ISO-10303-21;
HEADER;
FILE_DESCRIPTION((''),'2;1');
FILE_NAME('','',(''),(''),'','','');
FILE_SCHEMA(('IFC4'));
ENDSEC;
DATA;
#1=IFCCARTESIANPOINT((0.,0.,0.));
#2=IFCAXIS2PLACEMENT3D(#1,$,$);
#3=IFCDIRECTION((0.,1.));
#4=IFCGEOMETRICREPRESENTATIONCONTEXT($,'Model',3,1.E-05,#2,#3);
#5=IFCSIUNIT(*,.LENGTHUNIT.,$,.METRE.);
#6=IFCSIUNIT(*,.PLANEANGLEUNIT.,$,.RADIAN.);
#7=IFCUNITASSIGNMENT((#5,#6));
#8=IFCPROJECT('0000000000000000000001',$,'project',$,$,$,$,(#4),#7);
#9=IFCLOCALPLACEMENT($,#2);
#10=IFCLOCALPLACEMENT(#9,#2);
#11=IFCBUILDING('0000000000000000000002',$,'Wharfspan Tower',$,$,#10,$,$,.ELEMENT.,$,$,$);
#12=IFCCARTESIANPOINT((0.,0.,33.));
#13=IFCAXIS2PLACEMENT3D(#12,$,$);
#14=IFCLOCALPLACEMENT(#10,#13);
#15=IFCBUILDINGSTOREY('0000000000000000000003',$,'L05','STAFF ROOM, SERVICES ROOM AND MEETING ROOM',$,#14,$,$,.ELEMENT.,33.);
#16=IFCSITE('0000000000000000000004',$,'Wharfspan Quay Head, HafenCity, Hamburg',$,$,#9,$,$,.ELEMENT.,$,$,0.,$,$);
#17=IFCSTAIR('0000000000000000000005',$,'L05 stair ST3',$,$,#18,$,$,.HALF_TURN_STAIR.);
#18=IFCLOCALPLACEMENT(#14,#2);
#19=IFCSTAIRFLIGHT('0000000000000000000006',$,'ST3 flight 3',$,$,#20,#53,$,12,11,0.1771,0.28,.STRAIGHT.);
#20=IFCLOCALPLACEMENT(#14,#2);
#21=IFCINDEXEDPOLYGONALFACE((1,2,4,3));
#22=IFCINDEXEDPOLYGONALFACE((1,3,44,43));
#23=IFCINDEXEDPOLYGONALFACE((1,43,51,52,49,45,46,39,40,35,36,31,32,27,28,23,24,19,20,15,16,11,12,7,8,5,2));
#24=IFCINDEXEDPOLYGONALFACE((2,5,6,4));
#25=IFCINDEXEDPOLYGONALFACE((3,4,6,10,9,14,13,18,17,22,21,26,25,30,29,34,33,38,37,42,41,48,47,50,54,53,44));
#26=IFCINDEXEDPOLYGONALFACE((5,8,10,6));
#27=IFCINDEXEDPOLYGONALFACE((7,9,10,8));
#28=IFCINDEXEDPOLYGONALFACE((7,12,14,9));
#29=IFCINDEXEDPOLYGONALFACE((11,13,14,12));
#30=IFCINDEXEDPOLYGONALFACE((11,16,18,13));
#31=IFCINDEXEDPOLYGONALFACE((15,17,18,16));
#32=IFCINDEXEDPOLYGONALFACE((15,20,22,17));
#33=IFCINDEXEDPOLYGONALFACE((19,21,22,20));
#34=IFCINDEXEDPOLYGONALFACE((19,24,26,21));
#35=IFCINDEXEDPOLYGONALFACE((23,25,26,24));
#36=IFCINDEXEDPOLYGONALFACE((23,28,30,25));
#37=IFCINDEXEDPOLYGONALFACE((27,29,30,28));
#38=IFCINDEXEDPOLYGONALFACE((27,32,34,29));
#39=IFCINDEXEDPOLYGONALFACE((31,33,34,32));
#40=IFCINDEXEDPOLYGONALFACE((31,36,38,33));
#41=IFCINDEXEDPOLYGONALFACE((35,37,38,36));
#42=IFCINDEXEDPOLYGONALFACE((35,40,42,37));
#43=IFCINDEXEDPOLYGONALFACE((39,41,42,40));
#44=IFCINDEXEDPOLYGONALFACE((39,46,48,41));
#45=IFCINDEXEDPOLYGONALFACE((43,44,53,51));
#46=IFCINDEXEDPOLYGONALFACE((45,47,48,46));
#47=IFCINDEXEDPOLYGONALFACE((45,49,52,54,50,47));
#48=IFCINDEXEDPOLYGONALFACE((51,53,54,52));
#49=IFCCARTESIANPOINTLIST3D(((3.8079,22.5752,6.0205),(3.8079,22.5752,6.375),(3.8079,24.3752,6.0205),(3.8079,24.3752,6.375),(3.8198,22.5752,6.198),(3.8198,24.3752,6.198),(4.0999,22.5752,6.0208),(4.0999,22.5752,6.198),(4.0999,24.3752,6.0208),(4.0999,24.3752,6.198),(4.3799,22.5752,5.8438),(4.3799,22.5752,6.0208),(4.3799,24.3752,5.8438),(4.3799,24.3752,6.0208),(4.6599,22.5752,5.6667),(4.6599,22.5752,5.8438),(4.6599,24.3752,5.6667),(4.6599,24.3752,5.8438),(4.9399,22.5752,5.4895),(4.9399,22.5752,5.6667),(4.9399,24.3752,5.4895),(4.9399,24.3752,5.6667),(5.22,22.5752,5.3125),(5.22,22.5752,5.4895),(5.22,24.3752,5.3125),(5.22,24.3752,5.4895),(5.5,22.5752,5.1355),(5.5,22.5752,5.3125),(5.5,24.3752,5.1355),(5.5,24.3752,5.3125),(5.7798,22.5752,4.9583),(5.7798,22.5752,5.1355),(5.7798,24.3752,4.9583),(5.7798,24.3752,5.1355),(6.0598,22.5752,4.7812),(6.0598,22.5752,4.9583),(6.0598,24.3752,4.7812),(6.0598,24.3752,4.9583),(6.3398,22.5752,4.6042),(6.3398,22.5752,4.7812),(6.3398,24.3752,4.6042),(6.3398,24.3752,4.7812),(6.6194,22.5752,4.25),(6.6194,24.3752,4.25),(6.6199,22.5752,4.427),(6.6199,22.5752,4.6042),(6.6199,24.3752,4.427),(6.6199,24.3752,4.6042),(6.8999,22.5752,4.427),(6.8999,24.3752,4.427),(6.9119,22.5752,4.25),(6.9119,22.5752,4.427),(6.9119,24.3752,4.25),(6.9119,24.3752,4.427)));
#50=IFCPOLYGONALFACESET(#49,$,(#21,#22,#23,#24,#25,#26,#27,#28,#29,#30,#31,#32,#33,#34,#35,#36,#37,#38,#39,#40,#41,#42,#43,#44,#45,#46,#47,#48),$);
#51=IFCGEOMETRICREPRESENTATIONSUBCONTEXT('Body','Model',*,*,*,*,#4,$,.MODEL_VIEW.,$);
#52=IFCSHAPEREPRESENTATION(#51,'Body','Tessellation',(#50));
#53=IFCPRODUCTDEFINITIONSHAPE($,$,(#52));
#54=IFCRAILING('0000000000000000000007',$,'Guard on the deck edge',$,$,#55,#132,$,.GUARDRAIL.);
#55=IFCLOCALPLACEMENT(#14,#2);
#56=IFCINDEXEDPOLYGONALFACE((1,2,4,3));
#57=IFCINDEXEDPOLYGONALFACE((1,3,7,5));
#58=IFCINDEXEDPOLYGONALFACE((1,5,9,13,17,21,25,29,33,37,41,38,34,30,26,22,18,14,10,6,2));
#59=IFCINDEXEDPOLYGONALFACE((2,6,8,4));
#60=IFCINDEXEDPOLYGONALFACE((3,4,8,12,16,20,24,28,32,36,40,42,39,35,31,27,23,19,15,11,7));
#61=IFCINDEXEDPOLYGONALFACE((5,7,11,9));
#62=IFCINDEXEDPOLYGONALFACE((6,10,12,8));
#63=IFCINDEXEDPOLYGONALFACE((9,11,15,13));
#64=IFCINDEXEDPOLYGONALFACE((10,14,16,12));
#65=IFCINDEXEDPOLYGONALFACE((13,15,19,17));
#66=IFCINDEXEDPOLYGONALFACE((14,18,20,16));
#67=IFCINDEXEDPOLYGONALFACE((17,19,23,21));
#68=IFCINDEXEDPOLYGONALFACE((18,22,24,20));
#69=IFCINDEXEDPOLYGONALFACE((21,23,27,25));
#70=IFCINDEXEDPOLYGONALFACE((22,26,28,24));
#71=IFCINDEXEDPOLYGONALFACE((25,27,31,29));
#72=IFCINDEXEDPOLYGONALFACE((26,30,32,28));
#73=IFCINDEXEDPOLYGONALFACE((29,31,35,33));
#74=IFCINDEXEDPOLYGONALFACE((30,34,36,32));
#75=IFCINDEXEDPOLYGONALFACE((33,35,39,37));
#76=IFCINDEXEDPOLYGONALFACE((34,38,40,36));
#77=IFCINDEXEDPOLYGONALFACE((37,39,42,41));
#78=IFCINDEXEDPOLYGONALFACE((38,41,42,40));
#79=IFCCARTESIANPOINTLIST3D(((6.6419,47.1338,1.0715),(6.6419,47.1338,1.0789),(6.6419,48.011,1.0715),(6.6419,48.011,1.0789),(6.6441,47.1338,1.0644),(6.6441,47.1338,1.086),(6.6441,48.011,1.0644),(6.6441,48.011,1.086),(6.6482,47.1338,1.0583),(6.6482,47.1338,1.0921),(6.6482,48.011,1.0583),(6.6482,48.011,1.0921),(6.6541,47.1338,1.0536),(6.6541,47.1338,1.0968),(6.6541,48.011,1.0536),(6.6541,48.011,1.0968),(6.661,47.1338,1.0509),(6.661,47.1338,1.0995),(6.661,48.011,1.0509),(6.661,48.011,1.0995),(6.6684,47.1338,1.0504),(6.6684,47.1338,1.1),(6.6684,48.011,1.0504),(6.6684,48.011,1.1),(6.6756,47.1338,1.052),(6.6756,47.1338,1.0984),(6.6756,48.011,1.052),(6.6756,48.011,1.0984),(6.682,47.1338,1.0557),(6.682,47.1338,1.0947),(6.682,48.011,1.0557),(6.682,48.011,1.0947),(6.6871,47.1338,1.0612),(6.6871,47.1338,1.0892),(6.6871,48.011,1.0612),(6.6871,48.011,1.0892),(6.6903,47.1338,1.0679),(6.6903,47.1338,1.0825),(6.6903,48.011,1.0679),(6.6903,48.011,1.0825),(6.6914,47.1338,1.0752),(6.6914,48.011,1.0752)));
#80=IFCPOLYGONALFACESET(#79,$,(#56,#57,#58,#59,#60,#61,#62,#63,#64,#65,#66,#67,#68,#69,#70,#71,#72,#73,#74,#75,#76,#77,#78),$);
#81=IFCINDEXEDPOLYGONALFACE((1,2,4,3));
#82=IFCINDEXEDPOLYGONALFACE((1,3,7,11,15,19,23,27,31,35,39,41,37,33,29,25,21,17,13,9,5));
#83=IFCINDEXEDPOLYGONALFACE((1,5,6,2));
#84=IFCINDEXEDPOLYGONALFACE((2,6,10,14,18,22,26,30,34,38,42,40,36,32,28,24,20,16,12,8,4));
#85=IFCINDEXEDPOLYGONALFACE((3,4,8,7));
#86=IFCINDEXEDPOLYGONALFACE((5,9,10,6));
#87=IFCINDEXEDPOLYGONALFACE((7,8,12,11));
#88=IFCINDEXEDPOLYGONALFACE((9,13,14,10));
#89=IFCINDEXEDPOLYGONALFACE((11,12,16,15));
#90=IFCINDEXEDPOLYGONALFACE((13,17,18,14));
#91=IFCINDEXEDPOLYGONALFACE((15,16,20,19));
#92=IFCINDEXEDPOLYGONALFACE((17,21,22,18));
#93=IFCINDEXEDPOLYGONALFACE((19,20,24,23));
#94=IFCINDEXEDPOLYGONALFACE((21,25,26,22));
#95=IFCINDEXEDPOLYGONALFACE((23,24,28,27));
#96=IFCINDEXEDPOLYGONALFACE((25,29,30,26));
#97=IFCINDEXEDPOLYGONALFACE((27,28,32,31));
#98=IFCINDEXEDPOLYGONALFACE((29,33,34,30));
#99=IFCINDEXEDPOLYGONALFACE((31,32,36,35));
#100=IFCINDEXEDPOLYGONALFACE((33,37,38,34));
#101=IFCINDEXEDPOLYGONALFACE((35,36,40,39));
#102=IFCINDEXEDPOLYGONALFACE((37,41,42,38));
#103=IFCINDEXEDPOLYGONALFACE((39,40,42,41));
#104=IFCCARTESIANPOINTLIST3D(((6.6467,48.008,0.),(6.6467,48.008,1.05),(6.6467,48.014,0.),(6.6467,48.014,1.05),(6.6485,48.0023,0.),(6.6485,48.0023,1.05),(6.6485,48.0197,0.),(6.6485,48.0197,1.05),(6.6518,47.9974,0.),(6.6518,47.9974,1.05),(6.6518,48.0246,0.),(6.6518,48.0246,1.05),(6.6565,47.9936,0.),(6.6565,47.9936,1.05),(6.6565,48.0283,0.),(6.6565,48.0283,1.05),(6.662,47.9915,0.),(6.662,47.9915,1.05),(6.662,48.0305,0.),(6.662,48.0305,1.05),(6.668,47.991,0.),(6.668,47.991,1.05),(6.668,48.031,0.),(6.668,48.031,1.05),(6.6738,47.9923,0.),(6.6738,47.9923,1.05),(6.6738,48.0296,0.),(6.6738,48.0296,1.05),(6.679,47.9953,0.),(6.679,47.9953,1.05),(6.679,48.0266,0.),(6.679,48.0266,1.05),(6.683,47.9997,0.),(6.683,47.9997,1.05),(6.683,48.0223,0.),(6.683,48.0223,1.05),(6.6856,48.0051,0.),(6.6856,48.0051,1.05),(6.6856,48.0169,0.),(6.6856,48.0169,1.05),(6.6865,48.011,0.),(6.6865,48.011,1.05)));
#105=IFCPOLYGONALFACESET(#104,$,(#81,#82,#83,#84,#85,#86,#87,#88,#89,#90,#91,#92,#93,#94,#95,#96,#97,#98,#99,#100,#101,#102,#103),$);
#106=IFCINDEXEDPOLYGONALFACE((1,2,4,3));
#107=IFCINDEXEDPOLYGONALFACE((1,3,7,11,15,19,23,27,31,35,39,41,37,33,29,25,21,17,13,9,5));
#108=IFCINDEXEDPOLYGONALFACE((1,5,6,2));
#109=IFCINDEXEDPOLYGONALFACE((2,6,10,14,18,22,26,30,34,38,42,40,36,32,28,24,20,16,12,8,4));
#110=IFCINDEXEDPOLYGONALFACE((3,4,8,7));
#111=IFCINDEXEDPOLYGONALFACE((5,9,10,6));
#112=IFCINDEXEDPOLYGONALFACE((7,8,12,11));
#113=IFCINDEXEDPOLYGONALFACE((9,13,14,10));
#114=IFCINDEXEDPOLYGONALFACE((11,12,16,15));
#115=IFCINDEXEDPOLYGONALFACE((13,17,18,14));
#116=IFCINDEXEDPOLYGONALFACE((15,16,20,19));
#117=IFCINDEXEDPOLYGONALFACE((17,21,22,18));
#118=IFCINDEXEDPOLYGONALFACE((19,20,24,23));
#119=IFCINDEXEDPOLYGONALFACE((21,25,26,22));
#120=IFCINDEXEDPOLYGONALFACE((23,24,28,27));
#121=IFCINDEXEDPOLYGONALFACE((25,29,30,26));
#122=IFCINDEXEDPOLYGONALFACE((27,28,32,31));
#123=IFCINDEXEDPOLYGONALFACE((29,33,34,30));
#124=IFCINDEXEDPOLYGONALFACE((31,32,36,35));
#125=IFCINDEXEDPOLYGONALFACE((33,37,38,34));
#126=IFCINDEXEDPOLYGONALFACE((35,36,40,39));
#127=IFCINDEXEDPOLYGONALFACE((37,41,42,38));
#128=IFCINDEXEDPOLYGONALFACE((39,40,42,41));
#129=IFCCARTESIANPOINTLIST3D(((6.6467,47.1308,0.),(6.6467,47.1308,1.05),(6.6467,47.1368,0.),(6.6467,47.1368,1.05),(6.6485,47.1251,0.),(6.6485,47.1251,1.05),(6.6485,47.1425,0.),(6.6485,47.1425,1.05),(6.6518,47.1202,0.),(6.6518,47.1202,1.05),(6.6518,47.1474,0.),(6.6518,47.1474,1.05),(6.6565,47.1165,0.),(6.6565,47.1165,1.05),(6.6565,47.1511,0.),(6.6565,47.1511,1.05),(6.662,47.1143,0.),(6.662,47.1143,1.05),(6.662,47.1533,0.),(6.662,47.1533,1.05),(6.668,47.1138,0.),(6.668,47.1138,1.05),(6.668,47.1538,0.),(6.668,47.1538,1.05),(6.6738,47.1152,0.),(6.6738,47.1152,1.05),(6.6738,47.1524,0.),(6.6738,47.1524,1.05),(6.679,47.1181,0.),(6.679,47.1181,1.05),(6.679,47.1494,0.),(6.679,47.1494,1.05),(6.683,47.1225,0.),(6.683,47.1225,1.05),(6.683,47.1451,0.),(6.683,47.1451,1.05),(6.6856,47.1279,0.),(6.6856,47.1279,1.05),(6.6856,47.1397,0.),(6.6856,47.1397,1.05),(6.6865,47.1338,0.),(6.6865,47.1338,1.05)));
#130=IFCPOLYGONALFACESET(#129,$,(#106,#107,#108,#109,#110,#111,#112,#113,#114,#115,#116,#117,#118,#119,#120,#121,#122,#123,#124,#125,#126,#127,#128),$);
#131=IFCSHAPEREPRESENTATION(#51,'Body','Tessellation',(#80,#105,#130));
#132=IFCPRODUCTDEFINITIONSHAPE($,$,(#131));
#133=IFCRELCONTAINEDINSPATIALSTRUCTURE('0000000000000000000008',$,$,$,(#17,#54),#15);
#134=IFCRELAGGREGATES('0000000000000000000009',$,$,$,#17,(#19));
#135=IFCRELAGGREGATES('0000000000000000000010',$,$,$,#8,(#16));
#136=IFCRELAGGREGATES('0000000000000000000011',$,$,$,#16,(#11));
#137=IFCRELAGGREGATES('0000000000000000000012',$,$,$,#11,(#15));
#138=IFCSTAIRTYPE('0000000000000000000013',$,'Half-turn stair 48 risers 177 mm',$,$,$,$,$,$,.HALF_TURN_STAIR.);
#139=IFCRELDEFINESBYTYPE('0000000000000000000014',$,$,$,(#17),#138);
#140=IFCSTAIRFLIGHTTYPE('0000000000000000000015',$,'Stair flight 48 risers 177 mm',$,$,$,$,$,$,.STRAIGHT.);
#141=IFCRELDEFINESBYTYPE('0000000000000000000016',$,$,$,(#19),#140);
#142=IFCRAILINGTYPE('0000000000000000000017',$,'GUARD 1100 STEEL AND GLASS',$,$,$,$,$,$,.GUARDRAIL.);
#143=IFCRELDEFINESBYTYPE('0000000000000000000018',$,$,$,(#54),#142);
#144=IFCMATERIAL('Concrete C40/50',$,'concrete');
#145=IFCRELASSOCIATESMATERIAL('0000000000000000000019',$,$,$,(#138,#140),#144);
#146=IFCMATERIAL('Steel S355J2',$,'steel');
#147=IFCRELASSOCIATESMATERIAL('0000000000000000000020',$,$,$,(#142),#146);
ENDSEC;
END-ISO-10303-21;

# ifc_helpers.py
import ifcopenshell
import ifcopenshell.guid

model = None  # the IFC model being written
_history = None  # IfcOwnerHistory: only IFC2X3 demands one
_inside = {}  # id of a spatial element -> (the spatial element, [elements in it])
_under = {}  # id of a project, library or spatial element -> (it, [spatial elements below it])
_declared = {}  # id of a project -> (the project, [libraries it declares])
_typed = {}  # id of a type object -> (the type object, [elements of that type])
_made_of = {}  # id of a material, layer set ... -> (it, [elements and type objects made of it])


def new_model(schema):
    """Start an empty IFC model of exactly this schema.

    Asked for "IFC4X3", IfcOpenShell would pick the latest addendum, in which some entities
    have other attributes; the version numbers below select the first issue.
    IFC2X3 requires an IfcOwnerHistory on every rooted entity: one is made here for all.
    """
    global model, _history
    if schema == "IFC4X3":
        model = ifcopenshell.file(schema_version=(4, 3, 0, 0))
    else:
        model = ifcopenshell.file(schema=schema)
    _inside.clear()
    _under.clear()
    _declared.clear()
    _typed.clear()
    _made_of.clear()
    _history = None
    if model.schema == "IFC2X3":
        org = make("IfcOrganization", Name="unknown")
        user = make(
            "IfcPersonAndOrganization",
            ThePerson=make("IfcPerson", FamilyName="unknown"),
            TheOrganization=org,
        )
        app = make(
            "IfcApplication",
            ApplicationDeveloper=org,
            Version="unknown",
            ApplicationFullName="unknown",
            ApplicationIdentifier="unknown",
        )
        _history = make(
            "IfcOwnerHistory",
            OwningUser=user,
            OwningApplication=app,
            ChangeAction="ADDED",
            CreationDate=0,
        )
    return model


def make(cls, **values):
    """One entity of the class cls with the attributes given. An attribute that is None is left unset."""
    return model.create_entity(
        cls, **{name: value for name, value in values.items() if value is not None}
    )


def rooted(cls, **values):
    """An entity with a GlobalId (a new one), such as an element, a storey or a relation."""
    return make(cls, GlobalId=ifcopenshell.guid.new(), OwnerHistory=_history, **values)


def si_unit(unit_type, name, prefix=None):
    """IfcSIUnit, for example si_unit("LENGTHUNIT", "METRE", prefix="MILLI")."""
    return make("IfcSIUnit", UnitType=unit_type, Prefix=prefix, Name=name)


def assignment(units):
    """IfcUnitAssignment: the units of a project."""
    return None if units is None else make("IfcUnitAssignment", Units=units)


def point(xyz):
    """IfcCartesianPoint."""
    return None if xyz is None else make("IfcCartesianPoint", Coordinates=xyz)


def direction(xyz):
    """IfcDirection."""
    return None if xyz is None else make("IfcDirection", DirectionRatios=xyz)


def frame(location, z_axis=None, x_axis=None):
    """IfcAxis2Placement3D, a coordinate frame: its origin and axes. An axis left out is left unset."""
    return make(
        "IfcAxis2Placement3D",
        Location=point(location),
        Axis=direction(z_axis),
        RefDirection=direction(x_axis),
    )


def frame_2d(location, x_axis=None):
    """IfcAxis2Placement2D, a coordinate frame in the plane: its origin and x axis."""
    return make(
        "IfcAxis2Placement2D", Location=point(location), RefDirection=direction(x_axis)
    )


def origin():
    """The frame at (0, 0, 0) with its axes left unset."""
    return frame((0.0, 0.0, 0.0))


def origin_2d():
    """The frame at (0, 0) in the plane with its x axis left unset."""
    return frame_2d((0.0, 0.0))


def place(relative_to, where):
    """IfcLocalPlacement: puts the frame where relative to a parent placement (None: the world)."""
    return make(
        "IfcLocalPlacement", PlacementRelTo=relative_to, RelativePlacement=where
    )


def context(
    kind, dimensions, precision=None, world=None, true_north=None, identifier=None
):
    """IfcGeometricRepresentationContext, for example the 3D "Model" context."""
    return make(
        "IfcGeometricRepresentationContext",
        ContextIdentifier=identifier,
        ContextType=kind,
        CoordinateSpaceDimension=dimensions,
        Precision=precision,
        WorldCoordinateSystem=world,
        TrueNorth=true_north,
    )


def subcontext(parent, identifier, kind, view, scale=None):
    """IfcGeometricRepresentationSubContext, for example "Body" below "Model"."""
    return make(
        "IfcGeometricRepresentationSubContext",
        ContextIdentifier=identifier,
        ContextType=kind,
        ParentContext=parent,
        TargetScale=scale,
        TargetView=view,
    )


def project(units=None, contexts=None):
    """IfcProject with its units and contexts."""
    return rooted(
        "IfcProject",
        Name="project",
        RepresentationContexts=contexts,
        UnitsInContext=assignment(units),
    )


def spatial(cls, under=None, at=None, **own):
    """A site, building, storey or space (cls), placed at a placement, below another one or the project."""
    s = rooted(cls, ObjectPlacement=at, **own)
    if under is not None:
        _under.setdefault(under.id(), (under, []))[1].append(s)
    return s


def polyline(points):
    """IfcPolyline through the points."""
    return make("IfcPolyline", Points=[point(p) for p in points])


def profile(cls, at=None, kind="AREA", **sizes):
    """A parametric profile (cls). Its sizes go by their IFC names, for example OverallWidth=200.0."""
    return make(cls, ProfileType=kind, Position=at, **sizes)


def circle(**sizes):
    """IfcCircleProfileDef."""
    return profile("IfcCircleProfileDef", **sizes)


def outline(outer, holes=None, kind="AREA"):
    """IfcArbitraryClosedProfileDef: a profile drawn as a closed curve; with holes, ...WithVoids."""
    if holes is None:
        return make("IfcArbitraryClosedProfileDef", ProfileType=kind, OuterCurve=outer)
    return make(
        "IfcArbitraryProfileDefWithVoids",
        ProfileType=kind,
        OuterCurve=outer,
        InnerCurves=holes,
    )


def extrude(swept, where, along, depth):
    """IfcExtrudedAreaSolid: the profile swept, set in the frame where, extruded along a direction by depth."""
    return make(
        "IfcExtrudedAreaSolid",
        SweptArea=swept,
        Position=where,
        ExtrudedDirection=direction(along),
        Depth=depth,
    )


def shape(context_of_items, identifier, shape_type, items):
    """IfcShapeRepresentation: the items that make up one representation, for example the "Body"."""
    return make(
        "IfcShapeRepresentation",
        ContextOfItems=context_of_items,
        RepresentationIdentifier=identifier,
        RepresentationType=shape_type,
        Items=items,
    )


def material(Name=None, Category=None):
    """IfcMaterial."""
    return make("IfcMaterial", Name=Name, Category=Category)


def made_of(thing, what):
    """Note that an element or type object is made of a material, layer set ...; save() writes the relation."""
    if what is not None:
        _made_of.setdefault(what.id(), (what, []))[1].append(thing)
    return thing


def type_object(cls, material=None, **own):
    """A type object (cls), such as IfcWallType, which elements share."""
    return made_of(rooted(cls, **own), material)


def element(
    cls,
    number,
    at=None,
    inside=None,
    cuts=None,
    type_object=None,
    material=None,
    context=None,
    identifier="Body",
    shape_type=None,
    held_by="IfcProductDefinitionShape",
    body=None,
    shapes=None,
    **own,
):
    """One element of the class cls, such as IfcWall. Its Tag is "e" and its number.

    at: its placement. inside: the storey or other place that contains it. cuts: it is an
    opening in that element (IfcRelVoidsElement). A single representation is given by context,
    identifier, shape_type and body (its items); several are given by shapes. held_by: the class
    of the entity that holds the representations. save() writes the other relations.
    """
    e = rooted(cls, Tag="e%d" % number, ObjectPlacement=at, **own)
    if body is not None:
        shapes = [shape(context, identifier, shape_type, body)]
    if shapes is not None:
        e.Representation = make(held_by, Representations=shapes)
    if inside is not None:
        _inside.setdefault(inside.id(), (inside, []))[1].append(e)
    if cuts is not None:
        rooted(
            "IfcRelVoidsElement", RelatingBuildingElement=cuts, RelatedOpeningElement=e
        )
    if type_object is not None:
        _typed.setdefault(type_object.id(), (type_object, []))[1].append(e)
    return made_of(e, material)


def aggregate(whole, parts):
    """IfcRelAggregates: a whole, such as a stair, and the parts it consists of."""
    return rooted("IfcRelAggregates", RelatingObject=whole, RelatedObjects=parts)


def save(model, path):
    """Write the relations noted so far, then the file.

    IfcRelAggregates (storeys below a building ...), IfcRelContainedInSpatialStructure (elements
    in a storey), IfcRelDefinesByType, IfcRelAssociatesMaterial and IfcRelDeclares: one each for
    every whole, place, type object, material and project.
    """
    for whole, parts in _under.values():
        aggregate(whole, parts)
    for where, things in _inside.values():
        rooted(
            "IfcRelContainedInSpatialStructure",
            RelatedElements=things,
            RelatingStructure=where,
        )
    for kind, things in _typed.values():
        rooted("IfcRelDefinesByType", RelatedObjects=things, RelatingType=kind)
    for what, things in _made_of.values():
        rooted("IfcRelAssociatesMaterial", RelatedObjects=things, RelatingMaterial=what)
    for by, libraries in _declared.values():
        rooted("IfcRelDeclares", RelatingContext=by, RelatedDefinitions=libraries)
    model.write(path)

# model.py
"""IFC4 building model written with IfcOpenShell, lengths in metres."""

from ifc_helpers import new_model, si_unit, direction, frame, origin, origin_2d, place, context, subcontext, project, spatial, polyline, circle, outline, extrude, material, type_object, element, aggregate, save


model = new_model("IFC4")

# Units and contexts
model_context = context("Model", 3, precision=1e-05, world=origin(), true_north=direction((0.0, 1.0)))
body_context = subcontext(model_context, "Body", "Model", "MODEL_VIEW")
ifc_project = project(units=[si_unit("LENGTHUNIT", "METRE"), si_unit("PLANEANGLEUNIT", "RADIAN")], contexts=[model_context])

# Site, building, storey
site_placement = place(None, origin())
site = spatial("IfcSite", under=ifc_project, at=site_placement, Name="Wharfspan Quay Head, HafenCity, Hamburg", CompositionType="ELEMENT", RefElevation=0.0)
building_placement = place(site_placement, origin())
building = spatial("IfcBuilding", under=site, at=building_placement, Name="Wharfspan Tower", CompositionType="ELEMENT")
storey_placement = place(building_placement, frame((0.0, 0.0, 33.0)))
storey = spatial("IfcBuildingStorey", under=building, at=storey_placement, Name="L05", Description="STAFF ROOM, SERVICES ROOM AND MEETING ROOM", CompositionType="ELEMENT", Elevation=33.0)

# Shared definitions
ifc_material_1 = material(Name="Concrete C40/50", Category="concrete")

# Stair, stair flight
stair_type = type_object("IfcStairType", Name="Half-turn stair 48 risers 177 mm", PredefinedType="HALF_TURN_STAIR", material=ifc_material_1)
stair_placement = place(storey_placement, origin())
stair = element("IfcStair", 1, at=stair_placement, inside=storey, type_object=stair_type, Name="L05 stair ST3", PredefinedType="HALF_TURN_STAIR")
stair_flight_type = type_object("IfcStairFlightType", Name="Stair flight 48 risers 177 mm", PredefinedType="STRAIGHT", material=ifc_material_1)
stair_flight_1_placement = place(storey_placement, frame((6.8999, 23.4751, 4.25), z_axis=(0.0, 0.0, 1.0), x_axis=(-1.0, 0.0, 0.0)))
stair_flight_1 = element("IfcStairFlight", 2, at=stair_flight_1_placement, type_object=stair_flight_type, Name="ST3 flight 3", NumberOfRisers=12, NumberOfTreads=11, PredefinedType="STRAIGHT", RiserHeight=0.1771, TreadLength=0.28, context=body_context, shape_type="SweptSolid", body=[
    extrude(outline(polyline([(-0.012, 0.0), (-0.012, 0.177), (0.0, 0.177), (0.28, 0.177), (0.28, 0.3542), (0.5601, 0.3542), (0.5601, 0.5312), (0.8401, 0.5312), (0.8401, 0.7083), (1.1201, 0.7083), (1.1201, 0.8855), (1.3999, 0.8855), (1.3999, 1.0625), (1.6799, 1.0625), (1.6799, 1.2395), (1.96, 1.2395), (1.96, 1.4167), (2.24, 1.4167), (2.24, 1.5938), (2.52, 1.5938), (2.52, 1.7708), (2.8, 1.7708), (2.8, 1.948), (3.0801, 1.948), (3.092, 2.125), (3.092, 1.7705), (0.2805, 0.0), (-0.012, 0.0)])), frame((0.0, 0.8999, 0.0), z_axis=(0.0, -1.0, 0.0), x_axis=(1.0, 0.0, 0.0)), (0.0, 0.0, 1.0), 1.8),
])
aggregate(stair, [stair_flight_1])

# Railing
ifc_material_2 = material(Name="Steel S355J2", Category="steel")
railing_type_1 = type_object("IfcRailingType", Name="GUARD 1100 STEEL AND GLASS", PredefinedType="GUARDRAIL", material=ifc_material_2)
railing_1_placement = place(storey_placement, frame((6.6665, 48.011, 0.0)))
element("IfcRailing", 3, at=railing_1_placement, inside=storey, type_object=railing_type_1, Name="Guard on the deck edge", PredefinedType="GUARDRAIL", context=body_context, shape_type="SweptSolid", body=[
    extrude(circle(Radius=0.0249, at=origin_2d()), frame((0.0, 0.0, 1.0752), z_axis=(0.0, -1.0, 0.0), x_axis=(1.0, 0.0, 0.0)), (0.0, 0.0, 1.0), 0.8772),
    extrude(circle(Radius=0.02, at=origin_2d()), origin(), (0.0, 0.0, 1.0), 1.05),
    extrude(circle(Radius=0.02, at=origin_2d()), frame((0.0, -0.8772, 0.0)), (0.0, 0.0, 1.0), 1.05),
])

save(model, "model.ifc")
